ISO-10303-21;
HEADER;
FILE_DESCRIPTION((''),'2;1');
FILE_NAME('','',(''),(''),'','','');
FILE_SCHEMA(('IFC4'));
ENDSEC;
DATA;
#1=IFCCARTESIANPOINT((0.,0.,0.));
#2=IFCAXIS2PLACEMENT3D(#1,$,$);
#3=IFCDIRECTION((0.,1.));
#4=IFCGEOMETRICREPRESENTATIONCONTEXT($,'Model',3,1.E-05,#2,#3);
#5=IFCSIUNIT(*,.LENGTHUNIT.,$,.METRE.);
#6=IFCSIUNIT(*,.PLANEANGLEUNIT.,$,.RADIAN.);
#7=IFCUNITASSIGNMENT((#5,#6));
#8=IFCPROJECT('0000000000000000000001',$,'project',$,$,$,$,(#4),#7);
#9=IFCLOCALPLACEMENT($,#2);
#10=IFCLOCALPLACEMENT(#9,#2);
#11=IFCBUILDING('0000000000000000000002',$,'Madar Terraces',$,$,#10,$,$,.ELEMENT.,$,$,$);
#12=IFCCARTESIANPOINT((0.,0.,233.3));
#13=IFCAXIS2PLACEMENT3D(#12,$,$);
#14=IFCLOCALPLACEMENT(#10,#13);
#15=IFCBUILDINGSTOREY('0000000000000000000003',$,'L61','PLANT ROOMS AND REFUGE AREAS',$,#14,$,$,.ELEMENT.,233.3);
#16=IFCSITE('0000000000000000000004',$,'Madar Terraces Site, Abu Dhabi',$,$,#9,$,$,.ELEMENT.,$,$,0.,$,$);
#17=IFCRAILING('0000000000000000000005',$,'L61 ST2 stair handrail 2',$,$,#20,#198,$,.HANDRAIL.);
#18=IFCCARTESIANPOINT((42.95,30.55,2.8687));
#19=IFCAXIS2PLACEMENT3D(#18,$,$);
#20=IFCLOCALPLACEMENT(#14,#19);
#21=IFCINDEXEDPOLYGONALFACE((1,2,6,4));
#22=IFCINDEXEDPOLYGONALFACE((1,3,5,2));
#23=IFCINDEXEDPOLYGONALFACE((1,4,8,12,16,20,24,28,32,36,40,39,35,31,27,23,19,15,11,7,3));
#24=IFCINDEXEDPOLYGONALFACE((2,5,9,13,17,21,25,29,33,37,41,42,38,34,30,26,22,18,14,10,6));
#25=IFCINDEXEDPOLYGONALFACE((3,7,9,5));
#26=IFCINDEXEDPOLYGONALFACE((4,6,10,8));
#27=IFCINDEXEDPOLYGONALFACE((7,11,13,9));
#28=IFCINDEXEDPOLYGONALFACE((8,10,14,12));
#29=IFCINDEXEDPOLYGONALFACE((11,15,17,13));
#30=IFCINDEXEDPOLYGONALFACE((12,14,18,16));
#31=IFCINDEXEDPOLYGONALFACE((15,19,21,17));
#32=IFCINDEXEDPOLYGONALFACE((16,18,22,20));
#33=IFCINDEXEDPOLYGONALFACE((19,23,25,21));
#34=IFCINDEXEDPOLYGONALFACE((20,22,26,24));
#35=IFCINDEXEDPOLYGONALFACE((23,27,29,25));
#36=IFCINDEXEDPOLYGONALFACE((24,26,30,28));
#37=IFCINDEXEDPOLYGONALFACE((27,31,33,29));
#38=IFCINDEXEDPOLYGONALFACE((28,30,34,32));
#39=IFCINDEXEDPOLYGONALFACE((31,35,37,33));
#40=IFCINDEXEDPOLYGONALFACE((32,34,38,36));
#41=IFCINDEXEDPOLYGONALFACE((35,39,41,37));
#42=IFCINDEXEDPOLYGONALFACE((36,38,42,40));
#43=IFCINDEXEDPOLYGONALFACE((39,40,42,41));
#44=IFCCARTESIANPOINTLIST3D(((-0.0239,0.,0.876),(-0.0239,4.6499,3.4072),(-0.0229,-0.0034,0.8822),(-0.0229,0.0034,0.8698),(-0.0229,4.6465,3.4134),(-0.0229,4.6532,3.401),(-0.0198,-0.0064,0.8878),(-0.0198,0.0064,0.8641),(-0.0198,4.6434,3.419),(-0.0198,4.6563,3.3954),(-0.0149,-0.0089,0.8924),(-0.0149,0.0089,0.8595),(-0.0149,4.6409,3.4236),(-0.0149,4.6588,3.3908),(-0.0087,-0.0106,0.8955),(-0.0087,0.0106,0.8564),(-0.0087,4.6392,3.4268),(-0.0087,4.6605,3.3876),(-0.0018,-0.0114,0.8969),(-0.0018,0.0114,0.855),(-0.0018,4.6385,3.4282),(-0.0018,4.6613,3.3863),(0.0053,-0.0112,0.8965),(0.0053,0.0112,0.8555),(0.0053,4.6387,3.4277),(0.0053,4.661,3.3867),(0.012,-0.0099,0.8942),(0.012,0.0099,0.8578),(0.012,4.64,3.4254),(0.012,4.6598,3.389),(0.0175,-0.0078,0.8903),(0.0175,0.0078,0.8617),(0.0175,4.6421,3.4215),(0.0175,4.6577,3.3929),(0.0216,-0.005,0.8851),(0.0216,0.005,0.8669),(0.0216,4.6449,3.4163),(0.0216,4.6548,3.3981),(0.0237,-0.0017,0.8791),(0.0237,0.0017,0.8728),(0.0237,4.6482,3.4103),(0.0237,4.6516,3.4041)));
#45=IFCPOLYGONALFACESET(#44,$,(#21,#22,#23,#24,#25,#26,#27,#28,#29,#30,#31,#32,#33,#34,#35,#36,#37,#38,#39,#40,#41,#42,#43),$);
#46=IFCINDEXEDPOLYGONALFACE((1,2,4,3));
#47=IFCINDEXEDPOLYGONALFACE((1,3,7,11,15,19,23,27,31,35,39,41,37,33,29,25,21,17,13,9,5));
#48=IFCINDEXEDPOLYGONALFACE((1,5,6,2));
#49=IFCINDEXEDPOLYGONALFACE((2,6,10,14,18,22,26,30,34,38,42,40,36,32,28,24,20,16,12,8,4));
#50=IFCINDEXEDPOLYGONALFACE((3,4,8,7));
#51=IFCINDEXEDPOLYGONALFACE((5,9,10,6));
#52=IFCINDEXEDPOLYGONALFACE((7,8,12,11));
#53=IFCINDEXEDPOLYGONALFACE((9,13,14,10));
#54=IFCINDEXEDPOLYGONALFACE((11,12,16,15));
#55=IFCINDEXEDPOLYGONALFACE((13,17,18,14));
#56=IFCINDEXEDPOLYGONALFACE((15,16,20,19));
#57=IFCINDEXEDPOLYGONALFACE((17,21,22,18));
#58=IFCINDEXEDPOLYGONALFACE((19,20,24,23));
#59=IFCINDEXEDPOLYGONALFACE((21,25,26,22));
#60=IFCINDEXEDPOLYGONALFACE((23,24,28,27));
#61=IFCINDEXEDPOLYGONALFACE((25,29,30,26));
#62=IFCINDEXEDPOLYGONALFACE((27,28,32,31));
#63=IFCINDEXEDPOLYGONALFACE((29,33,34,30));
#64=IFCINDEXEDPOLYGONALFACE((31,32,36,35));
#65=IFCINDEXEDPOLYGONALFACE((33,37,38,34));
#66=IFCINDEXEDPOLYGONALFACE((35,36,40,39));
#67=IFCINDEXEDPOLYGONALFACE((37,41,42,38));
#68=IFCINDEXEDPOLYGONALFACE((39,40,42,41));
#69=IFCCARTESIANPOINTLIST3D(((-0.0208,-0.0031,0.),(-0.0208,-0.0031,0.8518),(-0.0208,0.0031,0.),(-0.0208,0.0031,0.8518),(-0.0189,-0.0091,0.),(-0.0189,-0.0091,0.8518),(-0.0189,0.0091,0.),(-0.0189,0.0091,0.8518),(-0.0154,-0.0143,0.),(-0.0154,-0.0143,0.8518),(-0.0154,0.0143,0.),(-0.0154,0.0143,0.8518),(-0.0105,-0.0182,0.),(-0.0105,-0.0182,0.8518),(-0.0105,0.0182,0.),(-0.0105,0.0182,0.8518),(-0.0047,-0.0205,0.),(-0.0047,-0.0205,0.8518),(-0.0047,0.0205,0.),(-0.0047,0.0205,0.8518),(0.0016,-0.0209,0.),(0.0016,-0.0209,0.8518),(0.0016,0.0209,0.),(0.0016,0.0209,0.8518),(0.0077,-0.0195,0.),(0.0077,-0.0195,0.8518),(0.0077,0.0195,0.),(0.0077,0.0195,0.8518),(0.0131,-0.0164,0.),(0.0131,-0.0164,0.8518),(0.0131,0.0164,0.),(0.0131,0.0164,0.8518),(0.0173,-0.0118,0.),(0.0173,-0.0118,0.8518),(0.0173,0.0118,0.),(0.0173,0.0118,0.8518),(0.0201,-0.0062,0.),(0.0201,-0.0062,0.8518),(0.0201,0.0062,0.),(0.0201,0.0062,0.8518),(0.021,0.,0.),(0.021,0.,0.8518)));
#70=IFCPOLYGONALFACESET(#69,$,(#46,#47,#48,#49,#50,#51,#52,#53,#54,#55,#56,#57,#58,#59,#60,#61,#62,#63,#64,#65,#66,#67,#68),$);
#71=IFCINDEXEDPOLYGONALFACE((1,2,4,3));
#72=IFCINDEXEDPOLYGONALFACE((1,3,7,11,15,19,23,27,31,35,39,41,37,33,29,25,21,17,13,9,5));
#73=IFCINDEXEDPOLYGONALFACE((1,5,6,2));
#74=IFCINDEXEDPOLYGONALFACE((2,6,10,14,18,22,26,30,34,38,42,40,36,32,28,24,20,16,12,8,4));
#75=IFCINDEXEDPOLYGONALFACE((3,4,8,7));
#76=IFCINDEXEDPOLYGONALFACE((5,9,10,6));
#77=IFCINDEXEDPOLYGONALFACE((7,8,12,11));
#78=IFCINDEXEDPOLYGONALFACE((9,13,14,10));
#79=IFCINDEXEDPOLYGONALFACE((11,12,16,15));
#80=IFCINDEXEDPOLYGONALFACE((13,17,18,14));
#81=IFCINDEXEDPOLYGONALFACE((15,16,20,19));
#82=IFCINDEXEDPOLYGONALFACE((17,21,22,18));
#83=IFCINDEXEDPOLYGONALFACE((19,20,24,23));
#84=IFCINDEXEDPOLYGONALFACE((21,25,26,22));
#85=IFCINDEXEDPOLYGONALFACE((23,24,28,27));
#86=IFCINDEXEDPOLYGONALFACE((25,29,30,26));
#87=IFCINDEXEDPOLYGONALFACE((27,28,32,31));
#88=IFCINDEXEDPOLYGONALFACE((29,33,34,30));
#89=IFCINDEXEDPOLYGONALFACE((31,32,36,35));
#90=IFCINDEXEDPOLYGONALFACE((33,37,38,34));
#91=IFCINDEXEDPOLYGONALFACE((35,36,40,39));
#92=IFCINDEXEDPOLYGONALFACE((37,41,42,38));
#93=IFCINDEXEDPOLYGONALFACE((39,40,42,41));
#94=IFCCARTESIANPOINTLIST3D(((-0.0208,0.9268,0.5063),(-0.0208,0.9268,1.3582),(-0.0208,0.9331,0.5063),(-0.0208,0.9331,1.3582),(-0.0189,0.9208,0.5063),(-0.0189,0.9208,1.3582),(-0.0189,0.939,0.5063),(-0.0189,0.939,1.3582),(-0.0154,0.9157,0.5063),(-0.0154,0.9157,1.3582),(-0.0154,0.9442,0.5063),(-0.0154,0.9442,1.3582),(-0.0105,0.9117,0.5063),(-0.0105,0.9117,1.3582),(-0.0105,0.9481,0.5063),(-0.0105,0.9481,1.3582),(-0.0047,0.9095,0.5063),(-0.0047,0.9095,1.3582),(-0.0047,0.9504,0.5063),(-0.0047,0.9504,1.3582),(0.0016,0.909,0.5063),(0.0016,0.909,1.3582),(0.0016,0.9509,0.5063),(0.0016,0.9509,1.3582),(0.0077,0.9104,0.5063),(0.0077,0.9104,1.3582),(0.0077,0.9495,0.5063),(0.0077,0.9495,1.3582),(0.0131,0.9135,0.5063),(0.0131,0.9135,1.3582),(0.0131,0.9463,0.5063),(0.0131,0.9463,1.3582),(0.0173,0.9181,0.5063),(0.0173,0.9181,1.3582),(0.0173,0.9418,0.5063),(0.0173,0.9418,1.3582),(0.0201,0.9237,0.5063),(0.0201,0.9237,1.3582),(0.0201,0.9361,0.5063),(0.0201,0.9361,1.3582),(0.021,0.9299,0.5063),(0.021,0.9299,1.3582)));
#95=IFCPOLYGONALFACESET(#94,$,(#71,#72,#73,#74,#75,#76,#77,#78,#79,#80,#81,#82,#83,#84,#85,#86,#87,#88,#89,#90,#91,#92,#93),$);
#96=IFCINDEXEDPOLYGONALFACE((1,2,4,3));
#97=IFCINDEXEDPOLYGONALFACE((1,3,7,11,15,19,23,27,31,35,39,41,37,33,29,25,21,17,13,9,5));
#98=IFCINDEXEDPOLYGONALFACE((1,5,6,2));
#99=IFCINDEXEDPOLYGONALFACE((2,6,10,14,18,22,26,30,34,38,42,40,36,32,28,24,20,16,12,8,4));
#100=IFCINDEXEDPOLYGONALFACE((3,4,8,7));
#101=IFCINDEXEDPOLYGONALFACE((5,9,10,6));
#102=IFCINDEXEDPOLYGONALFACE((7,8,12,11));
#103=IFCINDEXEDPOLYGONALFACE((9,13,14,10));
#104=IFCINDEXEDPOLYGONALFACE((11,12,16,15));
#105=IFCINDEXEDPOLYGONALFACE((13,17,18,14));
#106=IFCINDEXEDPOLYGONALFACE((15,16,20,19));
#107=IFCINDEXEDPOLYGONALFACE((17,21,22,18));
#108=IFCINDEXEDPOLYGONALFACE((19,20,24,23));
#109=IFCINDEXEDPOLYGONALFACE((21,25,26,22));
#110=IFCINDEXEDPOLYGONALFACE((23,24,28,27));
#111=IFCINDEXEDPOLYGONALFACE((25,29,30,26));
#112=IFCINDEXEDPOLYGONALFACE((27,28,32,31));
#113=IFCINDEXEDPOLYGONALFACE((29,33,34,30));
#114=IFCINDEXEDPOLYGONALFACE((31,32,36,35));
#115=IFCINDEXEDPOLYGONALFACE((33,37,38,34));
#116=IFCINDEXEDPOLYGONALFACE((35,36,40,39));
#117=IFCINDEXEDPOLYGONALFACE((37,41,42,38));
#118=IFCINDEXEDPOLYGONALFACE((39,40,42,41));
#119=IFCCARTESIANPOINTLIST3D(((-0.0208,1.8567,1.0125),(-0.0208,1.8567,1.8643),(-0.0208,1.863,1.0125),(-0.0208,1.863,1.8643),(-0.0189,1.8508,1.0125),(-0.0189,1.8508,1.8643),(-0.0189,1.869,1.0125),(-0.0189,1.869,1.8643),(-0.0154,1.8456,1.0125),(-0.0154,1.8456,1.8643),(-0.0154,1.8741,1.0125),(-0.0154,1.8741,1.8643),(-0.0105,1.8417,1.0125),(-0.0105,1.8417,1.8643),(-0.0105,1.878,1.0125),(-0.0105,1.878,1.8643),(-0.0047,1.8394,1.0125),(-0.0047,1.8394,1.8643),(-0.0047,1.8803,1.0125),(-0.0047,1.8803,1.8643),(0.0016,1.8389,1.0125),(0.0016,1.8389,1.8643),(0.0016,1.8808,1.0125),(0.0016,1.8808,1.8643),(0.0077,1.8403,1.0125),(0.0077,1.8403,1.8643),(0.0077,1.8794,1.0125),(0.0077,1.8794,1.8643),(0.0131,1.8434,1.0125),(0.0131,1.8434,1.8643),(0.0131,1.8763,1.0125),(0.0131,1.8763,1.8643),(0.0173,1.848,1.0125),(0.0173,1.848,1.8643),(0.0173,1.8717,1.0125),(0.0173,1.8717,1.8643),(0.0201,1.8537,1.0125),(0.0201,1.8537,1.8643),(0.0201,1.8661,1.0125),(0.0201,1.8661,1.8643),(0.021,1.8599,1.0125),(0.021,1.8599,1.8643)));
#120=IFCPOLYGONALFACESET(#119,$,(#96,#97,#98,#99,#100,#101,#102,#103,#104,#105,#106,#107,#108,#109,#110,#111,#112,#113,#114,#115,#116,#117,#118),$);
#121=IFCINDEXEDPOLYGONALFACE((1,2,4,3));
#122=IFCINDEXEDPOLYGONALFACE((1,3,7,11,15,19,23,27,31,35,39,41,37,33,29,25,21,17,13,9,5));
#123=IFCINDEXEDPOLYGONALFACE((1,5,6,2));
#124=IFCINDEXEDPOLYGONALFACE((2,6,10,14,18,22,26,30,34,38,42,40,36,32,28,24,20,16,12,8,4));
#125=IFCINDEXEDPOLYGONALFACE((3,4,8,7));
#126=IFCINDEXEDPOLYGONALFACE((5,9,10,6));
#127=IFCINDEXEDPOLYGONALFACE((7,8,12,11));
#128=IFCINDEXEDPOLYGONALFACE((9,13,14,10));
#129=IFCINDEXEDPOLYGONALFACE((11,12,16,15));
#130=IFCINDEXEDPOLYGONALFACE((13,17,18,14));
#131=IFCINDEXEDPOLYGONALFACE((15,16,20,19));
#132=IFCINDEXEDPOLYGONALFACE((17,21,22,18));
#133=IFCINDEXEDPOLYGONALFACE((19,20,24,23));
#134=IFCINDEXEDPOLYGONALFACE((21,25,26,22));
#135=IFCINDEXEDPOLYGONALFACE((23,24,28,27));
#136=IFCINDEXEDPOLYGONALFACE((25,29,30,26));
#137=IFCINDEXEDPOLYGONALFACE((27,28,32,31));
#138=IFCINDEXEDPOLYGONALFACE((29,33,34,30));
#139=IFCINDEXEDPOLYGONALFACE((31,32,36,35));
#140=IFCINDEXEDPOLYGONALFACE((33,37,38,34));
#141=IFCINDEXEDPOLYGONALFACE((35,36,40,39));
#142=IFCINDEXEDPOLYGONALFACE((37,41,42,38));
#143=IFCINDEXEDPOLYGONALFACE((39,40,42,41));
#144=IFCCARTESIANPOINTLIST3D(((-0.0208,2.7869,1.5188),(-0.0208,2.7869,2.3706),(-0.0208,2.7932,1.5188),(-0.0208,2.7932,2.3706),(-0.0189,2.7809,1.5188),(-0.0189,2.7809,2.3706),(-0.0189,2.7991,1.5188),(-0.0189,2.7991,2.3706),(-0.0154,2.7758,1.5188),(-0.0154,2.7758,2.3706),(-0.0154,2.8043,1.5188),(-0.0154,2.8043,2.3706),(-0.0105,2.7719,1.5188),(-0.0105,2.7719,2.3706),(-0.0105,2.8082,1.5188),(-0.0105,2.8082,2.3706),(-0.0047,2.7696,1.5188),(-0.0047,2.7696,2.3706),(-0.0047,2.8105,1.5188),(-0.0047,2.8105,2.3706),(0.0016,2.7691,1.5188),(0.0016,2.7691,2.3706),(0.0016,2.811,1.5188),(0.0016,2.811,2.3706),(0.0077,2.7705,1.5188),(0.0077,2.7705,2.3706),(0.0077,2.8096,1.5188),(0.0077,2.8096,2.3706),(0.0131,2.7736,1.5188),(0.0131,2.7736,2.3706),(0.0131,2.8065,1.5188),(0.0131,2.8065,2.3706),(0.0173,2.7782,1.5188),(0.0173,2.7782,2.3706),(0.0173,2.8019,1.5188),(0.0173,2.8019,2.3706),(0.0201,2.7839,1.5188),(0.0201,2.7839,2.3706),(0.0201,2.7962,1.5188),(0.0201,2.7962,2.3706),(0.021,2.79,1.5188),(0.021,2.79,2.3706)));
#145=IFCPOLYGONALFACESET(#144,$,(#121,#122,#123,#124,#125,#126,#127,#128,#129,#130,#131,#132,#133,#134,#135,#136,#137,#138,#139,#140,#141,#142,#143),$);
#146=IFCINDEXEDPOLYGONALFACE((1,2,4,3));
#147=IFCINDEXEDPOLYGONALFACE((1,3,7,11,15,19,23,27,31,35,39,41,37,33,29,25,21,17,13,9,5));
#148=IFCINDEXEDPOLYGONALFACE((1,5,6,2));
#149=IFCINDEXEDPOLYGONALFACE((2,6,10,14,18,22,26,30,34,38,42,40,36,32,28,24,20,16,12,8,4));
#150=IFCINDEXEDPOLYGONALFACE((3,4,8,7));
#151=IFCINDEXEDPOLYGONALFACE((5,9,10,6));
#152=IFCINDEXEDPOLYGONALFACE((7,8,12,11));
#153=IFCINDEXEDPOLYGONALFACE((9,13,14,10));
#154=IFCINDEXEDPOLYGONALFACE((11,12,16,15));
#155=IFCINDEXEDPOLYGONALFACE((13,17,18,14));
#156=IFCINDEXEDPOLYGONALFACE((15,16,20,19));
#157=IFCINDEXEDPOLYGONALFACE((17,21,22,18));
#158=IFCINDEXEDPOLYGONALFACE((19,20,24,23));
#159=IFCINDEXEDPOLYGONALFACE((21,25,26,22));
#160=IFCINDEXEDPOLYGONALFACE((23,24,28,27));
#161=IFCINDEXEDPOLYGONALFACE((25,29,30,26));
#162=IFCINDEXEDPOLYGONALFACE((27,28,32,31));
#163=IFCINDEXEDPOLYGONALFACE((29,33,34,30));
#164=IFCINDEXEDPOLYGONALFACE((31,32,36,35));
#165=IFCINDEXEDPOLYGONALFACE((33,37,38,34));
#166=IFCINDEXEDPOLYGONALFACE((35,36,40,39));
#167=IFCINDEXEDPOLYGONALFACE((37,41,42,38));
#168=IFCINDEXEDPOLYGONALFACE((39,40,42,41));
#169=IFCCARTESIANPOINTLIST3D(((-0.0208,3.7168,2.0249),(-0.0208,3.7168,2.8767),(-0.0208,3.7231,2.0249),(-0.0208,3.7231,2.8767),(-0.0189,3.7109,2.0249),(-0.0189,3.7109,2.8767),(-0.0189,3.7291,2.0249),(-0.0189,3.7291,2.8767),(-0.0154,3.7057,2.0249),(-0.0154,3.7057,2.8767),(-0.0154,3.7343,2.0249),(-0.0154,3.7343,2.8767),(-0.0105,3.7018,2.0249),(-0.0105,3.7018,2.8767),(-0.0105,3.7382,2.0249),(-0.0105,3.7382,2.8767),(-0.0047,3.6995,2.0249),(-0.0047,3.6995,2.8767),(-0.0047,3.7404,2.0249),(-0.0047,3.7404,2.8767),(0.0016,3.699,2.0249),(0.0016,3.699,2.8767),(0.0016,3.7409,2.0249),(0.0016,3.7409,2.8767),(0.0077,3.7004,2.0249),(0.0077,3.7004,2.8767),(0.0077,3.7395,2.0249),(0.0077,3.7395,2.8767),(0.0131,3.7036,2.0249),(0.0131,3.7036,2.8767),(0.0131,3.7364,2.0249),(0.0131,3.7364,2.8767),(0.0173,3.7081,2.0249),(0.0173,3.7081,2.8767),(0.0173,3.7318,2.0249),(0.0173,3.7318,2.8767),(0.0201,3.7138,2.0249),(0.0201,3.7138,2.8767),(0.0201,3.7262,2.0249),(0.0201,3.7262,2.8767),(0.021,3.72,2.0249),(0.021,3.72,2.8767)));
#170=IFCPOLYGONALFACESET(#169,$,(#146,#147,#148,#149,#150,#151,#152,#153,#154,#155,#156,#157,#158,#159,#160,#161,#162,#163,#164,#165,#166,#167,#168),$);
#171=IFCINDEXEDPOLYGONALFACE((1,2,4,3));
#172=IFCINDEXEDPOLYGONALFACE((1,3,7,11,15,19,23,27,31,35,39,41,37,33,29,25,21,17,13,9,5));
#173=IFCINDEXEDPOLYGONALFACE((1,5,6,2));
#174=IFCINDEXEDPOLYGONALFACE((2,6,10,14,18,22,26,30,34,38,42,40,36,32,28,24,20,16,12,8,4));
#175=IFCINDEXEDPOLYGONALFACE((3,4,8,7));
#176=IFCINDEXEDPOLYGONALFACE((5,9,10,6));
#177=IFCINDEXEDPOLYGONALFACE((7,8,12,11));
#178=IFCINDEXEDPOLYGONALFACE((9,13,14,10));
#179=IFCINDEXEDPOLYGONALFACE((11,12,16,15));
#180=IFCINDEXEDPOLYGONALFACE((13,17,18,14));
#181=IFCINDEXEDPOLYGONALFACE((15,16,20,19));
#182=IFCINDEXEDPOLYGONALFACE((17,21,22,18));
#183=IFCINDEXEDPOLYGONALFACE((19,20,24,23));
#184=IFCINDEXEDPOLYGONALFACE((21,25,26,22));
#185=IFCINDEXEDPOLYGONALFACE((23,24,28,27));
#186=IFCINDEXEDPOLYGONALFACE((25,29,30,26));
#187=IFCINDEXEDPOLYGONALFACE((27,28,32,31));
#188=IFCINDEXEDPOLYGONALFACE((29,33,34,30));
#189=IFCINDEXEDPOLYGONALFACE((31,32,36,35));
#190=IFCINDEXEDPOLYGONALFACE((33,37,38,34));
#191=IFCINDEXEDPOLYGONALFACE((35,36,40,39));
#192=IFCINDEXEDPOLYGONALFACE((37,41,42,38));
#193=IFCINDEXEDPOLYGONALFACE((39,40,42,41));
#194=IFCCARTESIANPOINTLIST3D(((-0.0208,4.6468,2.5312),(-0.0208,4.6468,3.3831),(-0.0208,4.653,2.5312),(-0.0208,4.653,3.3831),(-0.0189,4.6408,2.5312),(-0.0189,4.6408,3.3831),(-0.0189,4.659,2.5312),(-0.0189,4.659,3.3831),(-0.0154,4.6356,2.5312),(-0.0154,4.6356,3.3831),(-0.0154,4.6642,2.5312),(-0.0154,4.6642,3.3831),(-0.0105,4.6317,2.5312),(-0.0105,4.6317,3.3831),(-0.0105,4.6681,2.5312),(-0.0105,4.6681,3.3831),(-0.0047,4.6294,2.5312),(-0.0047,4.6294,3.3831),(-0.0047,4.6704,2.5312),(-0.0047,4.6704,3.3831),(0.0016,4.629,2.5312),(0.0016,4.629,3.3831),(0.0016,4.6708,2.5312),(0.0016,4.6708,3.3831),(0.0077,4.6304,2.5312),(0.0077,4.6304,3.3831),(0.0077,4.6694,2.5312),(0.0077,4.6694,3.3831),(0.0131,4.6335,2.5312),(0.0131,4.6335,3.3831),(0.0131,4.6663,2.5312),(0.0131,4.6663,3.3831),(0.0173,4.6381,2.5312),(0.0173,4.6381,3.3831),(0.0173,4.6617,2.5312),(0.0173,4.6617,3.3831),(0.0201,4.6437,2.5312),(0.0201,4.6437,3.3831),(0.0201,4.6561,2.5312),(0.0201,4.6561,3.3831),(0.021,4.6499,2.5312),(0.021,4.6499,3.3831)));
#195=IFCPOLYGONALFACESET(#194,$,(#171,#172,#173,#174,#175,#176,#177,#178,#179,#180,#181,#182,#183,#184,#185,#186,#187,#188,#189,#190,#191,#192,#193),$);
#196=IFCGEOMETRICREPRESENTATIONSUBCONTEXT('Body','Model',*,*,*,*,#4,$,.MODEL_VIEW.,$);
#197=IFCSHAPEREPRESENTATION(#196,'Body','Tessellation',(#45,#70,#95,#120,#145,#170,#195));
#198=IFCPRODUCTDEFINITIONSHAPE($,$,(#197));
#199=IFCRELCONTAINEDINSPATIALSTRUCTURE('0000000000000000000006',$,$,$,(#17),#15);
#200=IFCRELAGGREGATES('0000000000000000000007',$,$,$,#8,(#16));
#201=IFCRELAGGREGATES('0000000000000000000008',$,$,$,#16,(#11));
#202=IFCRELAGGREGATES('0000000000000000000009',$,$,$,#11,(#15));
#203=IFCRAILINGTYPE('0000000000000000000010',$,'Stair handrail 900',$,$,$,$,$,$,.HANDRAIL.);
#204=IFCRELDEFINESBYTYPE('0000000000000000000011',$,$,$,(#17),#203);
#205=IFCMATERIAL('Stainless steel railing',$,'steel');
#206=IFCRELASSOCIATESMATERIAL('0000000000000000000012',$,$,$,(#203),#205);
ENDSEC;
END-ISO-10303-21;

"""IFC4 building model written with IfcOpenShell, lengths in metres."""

from ifc_helpers import new_model, si_unit, direction, frame, origin, origin_2d, place, context, subcontext, project, spatial, circle, extrude, material, type_object, element, save


model = new_model("IFC4")

# Units and contexts
model_context = context("Model", 3, precision=1e-05, world=origin(), true_north=direction((0.0, 1.0)))
body_context = subcontext(model_context, "Body", "Model", "MODEL_VIEW")
ifc_project = project(units=[si_unit("LENGTHUNIT", "METRE"), si_unit("PLANEANGLEUNIT", "RADIAN")], contexts=[model_context])

# Site, building, storey
site_placement = place(None, origin())
site = spatial("IfcSite", under=ifc_project, at=site_placement, Name="Madar Terraces Site, Abu Dhabi", CompositionType="ELEMENT", RefElevation=0.0)
building_placement = place(site_placement, origin())
building = spatial("IfcBuilding", under=site, at=building_placement, Name="Madar Terraces", CompositionType="ELEMENT")
storey_placement = place(building_placement, frame((0.0, 0.0, 233.3)))
storey = spatial("IfcBuildingStorey", under=building, at=storey_placement, Name="L61", Description="PLANT ROOMS AND REFUGE AREAS", CompositionType="ELEMENT", Elevation=233.3)

# Railing
ifc_material_1 = material(Name="Stainless steel railing", Category="steel")
railing_type_1 = type_object("IfcRailingType", Name="Stair handrail 900", PredefinedType="HANDRAIL", material=ifc_material_1)
railing_1_placement = place(storey_placement, frame((42.95, 30.55, 2.8687)))
element("IfcRailing", 1, at=railing_1_placement, inside=storey, type_object=railing_type_1, Name="L61 ST2 stair handrail 2", PredefinedType="HANDRAIL", context=body_context, shape_type="SweptSolid", body=[
    extrude(circle(Radius=0.0239, at=origin_2d()), frame((0.0, 0.0, 0.876), z_axis=(0.0, 0.878297, 0.478115), x_axis=(-1.0, 0.0, 0.0)), (0.0, 0.0, 1.0), 5.2942),
    extrude(circle(Radius=0.021, at=origin_2d()), origin(), (0.0, 0.0, 1.0), 0.8518),
    extrude(circle(Radius=0.021, at=origin_2d()), frame((0.0, 0.9299, 0.5063)), (0.0, 0.0, 1.0), 0.8518),
    extrude(circle(Radius=0.021, at=origin_2d()), frame((0.0, 1.8599, 1.0125)), (0.0, 0.0, 1.0), 0.8518),
    extrude(circle(Radius=0.021, at=origin_2d()), frame((0.0, 2.79, 1.5188)), (0.0, 0.0, 1.0), 0.8518),
    extrude(circle(Radius=0.021, at=origin_2d()), frame((0.0, 3.72, 2.0249)), (0.0, 0.0, 1.0), 0.8518),
    extrude(circle(Radius=0.021, at=origin_2d()), frame((0.0, 4.6499, 2.5312)), (0.0, 0.0, 1.0), 0.8518),
])

save(model, "model.ifc")
